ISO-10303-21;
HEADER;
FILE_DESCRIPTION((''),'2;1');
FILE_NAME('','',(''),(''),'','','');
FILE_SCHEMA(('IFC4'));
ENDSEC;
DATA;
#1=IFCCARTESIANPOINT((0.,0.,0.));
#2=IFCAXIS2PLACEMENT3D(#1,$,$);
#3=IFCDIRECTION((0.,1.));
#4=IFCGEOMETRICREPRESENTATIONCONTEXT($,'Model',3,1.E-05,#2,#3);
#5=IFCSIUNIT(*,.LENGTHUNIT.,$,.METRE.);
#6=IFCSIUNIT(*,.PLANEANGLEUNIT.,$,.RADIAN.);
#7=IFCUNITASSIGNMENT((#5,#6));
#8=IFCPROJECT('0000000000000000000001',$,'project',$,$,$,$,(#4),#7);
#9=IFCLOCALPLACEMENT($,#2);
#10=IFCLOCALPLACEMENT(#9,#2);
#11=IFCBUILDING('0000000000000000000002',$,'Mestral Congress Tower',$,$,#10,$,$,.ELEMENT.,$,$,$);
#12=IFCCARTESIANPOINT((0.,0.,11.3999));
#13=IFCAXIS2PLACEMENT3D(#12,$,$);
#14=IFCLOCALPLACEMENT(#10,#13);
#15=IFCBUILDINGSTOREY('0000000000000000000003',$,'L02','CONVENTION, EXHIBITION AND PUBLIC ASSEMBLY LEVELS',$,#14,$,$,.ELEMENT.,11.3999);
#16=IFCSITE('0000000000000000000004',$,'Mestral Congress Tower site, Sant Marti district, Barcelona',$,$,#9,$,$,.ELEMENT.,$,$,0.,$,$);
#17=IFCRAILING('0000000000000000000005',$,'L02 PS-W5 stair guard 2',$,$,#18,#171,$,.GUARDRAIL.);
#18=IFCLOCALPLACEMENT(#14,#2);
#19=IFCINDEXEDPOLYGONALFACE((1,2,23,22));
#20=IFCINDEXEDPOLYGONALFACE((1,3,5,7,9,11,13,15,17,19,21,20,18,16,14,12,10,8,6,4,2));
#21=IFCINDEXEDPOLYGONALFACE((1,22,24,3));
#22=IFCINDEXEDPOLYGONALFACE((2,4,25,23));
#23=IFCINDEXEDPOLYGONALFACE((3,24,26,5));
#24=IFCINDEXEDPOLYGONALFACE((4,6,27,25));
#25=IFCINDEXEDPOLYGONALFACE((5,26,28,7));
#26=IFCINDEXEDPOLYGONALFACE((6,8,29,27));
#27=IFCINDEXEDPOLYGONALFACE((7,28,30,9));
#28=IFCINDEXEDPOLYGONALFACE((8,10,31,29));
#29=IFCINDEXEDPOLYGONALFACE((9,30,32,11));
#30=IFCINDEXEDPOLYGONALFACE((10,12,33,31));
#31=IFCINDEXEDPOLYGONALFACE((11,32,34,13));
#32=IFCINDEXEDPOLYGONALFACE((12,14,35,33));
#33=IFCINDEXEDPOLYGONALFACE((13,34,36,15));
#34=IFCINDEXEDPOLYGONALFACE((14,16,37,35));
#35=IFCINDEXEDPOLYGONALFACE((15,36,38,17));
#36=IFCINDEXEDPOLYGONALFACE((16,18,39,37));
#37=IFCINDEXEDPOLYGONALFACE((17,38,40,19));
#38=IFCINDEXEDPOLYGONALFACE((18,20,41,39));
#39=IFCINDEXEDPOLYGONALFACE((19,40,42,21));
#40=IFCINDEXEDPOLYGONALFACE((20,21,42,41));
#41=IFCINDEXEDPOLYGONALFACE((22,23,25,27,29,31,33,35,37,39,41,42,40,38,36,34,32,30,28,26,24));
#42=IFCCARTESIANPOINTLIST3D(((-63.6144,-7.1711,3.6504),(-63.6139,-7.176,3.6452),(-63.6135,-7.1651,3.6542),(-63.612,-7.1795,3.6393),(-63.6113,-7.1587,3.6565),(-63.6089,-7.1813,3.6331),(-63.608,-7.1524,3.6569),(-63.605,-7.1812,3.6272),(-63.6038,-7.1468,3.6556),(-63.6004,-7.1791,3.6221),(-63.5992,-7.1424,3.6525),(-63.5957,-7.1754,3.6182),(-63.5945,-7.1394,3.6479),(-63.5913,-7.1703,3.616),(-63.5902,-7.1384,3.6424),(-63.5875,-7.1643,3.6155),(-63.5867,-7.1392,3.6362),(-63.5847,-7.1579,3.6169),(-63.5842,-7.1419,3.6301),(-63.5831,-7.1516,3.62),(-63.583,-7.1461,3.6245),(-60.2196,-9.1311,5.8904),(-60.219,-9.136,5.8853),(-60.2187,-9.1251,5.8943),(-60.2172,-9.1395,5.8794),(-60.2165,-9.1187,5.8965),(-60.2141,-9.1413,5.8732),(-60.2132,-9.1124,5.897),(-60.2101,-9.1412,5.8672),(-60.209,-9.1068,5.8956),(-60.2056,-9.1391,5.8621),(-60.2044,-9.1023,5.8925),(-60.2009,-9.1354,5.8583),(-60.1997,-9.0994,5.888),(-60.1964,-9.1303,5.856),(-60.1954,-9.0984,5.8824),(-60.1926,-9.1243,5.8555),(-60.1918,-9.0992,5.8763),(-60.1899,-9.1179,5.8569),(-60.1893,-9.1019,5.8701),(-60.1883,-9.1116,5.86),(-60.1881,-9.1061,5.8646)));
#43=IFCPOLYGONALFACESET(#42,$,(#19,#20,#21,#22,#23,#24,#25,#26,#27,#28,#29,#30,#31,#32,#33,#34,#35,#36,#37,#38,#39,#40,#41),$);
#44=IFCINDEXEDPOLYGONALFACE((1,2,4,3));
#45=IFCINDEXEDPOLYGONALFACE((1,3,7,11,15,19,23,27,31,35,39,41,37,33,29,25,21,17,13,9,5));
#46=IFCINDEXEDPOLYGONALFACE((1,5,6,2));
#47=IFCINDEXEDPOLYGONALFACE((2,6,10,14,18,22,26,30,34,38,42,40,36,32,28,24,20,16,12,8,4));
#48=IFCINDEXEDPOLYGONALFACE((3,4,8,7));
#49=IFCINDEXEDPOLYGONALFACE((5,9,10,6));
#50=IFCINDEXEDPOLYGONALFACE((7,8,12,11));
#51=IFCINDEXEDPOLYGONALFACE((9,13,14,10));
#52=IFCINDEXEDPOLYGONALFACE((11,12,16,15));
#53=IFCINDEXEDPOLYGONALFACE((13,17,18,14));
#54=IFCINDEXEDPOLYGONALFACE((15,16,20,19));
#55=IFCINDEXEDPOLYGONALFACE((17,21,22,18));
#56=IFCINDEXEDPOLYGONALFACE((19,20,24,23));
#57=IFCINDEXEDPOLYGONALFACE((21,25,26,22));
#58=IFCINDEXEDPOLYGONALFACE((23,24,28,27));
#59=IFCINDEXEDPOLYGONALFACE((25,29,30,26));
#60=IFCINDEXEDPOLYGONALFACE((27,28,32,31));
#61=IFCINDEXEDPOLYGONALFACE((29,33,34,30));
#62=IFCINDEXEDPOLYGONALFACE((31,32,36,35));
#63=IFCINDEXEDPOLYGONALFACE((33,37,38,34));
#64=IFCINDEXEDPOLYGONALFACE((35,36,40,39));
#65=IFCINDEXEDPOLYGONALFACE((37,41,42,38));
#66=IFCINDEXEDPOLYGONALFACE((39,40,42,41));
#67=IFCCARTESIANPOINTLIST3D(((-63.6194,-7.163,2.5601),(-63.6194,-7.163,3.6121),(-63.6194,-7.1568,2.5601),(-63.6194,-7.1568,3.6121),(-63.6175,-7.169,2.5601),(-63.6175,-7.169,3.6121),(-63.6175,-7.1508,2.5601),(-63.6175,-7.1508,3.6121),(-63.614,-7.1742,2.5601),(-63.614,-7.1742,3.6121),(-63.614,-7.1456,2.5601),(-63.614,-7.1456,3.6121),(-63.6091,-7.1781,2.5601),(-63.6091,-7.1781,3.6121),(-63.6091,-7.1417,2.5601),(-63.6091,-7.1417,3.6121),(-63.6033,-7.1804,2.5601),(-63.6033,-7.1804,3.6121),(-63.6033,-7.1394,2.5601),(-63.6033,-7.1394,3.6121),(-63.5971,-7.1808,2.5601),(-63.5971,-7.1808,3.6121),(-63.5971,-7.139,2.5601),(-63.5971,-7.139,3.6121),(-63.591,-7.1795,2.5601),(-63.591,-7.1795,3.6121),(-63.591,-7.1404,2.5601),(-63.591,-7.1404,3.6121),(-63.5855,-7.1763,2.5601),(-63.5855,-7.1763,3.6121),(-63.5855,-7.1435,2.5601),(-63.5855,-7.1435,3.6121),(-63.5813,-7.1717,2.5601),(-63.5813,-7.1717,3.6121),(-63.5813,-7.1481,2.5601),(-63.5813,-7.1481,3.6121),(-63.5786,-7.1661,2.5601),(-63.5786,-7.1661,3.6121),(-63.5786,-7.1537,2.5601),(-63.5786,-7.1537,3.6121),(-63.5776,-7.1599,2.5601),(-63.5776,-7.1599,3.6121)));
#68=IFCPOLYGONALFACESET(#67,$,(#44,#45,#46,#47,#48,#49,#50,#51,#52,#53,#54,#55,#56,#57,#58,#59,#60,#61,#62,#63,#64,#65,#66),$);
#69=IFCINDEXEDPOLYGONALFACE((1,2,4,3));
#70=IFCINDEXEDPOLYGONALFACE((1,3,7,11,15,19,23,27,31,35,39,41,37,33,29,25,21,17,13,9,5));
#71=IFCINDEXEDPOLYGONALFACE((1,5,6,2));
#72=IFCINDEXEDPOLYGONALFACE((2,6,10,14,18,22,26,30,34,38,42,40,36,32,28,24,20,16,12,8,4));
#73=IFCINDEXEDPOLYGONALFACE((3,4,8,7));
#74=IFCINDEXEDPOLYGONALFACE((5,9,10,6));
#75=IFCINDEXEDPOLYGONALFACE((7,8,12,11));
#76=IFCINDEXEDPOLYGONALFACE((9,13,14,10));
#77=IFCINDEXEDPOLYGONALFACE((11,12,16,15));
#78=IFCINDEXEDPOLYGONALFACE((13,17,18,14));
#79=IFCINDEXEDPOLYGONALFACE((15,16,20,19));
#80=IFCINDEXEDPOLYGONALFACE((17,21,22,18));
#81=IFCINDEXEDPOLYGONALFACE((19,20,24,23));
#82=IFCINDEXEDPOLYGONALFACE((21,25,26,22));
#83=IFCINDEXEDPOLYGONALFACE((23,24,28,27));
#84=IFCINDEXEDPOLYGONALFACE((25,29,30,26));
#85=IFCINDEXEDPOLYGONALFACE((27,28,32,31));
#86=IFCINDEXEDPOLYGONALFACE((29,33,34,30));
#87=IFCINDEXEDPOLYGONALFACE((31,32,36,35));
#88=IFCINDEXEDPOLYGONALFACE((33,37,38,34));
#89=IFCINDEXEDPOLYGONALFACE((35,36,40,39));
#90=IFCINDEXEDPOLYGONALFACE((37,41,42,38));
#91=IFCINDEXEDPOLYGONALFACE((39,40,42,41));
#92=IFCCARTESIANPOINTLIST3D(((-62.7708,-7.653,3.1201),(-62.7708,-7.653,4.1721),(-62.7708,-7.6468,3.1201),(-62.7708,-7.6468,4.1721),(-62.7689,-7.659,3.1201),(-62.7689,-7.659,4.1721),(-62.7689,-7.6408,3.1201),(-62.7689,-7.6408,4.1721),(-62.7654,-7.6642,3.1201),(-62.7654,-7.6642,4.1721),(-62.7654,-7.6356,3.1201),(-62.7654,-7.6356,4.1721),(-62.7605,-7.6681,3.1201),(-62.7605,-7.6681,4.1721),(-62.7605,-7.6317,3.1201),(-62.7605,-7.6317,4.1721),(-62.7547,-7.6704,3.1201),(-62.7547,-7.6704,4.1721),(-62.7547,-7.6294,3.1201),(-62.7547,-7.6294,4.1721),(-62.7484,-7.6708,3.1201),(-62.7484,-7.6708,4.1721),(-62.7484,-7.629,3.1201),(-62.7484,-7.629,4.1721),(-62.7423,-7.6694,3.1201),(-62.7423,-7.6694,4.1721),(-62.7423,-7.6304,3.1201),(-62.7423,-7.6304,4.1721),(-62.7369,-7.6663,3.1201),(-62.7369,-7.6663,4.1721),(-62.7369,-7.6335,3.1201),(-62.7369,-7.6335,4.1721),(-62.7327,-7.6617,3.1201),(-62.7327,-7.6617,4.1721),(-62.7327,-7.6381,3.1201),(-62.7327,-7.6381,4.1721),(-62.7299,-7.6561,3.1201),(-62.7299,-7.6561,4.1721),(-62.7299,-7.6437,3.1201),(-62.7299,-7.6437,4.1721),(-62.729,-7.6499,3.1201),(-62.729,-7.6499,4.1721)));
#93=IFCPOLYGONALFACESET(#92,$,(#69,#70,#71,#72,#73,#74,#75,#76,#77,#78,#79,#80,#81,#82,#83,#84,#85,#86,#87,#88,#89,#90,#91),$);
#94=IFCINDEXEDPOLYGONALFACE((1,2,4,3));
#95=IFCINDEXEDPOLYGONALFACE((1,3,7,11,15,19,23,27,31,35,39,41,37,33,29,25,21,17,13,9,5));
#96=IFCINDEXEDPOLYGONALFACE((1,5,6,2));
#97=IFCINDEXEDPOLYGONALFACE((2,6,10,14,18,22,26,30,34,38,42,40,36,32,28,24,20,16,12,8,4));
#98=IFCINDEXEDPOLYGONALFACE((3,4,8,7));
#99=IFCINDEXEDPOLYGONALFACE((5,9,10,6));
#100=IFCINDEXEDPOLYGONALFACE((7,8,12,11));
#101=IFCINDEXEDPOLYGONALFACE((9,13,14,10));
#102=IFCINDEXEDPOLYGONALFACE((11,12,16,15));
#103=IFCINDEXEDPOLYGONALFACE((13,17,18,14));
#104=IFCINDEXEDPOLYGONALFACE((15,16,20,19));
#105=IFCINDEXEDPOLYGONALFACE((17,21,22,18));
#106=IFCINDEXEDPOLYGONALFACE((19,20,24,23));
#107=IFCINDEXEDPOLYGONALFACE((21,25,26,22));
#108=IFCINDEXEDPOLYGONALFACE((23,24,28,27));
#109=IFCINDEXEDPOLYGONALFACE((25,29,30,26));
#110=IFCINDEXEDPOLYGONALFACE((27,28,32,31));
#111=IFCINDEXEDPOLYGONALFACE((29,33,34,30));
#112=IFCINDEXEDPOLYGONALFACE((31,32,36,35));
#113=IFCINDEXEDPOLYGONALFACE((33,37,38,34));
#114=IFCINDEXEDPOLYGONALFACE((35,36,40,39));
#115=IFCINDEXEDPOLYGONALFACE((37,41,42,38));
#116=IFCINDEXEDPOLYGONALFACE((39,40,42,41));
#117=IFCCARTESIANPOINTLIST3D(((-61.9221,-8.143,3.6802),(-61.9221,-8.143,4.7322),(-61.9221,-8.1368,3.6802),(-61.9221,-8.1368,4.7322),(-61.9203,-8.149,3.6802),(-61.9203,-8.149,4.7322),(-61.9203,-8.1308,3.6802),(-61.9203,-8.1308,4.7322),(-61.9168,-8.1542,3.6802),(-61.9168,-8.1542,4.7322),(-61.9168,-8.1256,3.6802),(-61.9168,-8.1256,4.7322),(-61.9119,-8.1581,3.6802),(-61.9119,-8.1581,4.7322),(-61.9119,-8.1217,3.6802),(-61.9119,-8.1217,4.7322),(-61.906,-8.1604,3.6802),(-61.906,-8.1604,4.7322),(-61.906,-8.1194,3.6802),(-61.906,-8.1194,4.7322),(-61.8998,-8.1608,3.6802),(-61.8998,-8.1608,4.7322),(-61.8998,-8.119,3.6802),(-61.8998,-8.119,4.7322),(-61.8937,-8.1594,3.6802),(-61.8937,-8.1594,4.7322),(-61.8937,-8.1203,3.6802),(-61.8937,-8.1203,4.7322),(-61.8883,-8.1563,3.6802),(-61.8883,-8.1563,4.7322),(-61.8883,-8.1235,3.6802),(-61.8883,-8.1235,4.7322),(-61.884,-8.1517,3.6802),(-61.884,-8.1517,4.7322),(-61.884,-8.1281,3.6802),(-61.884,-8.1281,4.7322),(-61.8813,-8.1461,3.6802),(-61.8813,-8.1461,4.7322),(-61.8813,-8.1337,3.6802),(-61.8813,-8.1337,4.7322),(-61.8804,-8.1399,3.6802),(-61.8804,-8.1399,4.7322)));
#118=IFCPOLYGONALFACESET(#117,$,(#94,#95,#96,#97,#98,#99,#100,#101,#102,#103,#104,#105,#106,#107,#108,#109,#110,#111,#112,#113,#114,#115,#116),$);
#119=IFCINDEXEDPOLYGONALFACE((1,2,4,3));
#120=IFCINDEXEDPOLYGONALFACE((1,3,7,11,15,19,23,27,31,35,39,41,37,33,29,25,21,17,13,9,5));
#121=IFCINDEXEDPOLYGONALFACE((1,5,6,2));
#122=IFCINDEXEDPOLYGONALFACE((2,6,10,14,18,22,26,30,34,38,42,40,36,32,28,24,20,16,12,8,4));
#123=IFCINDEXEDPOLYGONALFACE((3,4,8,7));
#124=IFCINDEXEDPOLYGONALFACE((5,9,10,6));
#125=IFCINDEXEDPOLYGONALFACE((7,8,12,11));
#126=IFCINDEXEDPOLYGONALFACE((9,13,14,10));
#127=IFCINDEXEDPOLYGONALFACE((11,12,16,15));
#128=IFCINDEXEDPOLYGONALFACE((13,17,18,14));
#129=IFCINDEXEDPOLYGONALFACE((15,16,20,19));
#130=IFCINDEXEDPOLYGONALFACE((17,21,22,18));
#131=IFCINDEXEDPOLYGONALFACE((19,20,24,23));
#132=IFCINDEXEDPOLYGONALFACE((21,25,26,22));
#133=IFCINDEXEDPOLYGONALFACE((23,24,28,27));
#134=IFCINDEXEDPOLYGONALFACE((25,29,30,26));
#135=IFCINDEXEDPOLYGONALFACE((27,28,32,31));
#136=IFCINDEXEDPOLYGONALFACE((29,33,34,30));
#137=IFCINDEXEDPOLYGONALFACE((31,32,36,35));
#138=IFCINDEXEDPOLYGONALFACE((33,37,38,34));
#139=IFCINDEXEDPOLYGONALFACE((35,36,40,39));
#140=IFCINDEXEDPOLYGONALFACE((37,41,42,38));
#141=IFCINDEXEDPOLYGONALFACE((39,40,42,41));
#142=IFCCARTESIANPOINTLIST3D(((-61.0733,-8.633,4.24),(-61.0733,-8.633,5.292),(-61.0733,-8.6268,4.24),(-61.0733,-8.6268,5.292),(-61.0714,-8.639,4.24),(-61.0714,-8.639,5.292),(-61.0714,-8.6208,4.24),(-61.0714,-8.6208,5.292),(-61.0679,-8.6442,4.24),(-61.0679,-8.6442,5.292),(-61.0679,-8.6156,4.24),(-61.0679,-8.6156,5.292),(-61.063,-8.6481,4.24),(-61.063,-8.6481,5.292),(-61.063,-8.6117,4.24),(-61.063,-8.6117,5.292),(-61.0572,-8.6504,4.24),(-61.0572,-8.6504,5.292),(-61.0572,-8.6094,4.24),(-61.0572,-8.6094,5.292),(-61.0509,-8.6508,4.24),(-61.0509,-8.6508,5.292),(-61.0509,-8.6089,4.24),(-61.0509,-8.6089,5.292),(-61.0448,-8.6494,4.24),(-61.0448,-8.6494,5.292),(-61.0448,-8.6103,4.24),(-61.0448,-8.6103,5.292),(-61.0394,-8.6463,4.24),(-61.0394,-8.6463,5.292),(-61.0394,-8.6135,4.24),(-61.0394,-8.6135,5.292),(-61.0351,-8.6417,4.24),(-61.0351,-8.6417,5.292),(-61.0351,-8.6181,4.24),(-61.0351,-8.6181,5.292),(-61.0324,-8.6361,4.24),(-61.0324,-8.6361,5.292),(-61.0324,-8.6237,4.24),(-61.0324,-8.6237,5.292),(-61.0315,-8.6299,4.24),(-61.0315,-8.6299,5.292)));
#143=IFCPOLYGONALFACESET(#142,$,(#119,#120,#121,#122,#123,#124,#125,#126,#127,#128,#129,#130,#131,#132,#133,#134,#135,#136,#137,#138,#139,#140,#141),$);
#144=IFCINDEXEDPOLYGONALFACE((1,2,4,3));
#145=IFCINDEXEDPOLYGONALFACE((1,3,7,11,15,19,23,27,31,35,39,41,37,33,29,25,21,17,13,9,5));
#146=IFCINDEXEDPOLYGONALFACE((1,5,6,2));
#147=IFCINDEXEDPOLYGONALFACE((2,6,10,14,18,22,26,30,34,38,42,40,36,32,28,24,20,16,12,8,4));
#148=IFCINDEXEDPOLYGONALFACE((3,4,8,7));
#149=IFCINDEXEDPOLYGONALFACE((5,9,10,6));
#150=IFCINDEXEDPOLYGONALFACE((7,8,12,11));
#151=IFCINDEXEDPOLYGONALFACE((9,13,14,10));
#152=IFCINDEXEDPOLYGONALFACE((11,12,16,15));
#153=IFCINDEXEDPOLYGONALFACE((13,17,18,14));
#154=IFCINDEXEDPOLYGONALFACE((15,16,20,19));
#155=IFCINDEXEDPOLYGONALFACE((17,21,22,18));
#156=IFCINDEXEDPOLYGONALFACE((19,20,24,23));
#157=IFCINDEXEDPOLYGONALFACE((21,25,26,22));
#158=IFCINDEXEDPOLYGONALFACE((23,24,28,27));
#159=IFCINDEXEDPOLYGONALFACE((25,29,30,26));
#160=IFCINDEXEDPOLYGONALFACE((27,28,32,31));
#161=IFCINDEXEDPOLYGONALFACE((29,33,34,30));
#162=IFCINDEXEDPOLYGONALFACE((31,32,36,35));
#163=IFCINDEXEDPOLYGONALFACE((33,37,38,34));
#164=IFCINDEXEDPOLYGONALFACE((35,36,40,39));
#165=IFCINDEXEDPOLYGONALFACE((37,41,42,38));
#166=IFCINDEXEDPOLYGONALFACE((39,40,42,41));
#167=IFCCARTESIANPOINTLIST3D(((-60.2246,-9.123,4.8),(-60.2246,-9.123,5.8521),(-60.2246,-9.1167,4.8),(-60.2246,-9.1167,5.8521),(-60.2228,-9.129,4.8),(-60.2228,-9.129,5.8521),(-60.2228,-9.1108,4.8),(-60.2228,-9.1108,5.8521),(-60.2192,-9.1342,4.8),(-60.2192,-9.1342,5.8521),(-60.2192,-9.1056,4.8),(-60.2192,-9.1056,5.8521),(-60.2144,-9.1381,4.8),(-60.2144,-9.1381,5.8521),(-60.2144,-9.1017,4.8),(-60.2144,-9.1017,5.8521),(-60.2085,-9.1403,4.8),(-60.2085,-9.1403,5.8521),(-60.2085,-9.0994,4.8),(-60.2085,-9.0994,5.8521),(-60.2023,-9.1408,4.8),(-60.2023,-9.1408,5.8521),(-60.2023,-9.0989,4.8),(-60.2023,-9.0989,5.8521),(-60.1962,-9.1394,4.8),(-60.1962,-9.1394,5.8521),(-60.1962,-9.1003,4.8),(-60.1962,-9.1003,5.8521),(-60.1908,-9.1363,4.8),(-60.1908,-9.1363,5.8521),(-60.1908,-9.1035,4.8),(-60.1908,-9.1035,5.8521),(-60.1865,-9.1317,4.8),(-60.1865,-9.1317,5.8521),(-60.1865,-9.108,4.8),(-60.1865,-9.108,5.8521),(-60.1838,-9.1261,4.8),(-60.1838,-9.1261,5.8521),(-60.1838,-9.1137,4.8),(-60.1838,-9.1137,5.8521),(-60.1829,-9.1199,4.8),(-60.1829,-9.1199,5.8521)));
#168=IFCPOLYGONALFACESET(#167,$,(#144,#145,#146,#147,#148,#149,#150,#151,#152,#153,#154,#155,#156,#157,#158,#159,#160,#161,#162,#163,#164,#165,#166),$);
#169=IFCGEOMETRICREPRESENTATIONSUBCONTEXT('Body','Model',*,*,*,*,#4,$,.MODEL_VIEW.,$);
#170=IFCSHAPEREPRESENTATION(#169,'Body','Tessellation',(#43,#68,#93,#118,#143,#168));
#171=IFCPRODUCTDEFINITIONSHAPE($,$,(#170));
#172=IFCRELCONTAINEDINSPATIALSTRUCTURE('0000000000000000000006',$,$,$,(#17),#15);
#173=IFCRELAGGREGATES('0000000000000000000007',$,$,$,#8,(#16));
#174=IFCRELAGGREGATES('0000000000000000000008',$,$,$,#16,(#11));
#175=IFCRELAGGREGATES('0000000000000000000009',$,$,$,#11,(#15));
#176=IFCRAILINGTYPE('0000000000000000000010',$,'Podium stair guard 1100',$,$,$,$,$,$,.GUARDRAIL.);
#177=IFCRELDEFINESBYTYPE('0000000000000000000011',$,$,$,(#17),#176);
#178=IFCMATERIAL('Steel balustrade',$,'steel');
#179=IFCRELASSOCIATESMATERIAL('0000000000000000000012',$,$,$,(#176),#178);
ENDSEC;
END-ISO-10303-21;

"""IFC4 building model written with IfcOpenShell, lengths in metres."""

from ifc_helpers import new_model, si_unit, direction, frame, origin, origin_2d, place, context, subcontext, project, spatial, circle, extrude, material, type_object, element, save


model = new_model("IFC4")

# Units and contexts
model_context = context("Model", 3, precision=1e-05, world=origin(), true_north=direction((0.0, 1.0)))
body_context = subcontext(model_context, "Body", "Model", "MODEL_VIEW")
ifc_project = project(units=[si_unit("LENGTHUNIT", "METRE"), si_unit("PLANEANGLEUNIT", "RADIAN")], contexts=[model_context])

# Site, building, storey
site_placement = place(None, origin())
site = spatial("IfcSite", under=ifc_project, at=site_placement, Name="Mestral Congress Tower site, Sant Marti district, Barcelona", CompositionType="ELEMENT", RefElevation=0.0)
building_placement = place(site_placement, origin())
building = spatial("IfcBuilding", under=site, at=building_placement, Name="Mestral Congress Tower", CompositionType="ELEMENT")
storey_placement = place(building_placement, frame((0.0, 0.0, 11.3999)))
storey = spatial("IfcBuildingStorey", under=building, at=storey_placement, Name="L02", Description="CONVENTION, EXHIBITION AND PUBLIC ASSEMBLY LEVELS", CompositionType="ELEMENT", Elevation=11.3999)

# Railing
ifc_material_1 = material(Name="Steel balustrade", Category="steel")
railing_type_1 = type_object("IfcRailingType", Name="Podium stair guard 1100", PredefinedType="GUARDRAIL", material=ifc_material_1)
railing_1_placement = place(storey_placement, frame((-63.5986, -7.1599, 2.5601)))
element("IfcRailing", 1, at=railing_1_placement, inside=storey, type_object=railing_type_1, Name="L02 PS-W5 stair guard 2", PredefinedType="GUARDRAIL", context=body_context, shape_type="SweptSolid", body=[
    extrude(circle(Radius=0.0239, at=origin_2d()), frame((0.0, 0.0, 1.0762), z_axis=(0.75192, -0.434118, 0.496143), x_axis=(0.499997, 0.866027, 0.0)), (0.0, 0.0, 1.0), 4.5149),
    extrude(circle(Radius=0.021, at=origin_2d()), origin(), (0.0, 0.0, 1.0), 1.052),
    extrude(circle(Radius=0.021, at=origin_2d()), frame((0.8486, -0.49, 0.5601)), (0.0, 0.0, 1.0), 1.052),
    extrude(circle(Radius=0.021, at=origin_2d()), frame((1.6973, -0.98, 1.1201)), (0.0, 0.0, 1.0), 1.052),
    extrude(circle(Radius=0.021, at=origin_2d()), frame((2.5461, -1.47, 1.6799)), (0.0, 0.0, 1.0), 1.052),
    extrude(circle(Radius=0.021, at=origin_2d()), frame((3.3948, -1.96, 2.24)), (0.0, 0.0, 1.0), 1.052),
])

save(model, "model.ifc")
